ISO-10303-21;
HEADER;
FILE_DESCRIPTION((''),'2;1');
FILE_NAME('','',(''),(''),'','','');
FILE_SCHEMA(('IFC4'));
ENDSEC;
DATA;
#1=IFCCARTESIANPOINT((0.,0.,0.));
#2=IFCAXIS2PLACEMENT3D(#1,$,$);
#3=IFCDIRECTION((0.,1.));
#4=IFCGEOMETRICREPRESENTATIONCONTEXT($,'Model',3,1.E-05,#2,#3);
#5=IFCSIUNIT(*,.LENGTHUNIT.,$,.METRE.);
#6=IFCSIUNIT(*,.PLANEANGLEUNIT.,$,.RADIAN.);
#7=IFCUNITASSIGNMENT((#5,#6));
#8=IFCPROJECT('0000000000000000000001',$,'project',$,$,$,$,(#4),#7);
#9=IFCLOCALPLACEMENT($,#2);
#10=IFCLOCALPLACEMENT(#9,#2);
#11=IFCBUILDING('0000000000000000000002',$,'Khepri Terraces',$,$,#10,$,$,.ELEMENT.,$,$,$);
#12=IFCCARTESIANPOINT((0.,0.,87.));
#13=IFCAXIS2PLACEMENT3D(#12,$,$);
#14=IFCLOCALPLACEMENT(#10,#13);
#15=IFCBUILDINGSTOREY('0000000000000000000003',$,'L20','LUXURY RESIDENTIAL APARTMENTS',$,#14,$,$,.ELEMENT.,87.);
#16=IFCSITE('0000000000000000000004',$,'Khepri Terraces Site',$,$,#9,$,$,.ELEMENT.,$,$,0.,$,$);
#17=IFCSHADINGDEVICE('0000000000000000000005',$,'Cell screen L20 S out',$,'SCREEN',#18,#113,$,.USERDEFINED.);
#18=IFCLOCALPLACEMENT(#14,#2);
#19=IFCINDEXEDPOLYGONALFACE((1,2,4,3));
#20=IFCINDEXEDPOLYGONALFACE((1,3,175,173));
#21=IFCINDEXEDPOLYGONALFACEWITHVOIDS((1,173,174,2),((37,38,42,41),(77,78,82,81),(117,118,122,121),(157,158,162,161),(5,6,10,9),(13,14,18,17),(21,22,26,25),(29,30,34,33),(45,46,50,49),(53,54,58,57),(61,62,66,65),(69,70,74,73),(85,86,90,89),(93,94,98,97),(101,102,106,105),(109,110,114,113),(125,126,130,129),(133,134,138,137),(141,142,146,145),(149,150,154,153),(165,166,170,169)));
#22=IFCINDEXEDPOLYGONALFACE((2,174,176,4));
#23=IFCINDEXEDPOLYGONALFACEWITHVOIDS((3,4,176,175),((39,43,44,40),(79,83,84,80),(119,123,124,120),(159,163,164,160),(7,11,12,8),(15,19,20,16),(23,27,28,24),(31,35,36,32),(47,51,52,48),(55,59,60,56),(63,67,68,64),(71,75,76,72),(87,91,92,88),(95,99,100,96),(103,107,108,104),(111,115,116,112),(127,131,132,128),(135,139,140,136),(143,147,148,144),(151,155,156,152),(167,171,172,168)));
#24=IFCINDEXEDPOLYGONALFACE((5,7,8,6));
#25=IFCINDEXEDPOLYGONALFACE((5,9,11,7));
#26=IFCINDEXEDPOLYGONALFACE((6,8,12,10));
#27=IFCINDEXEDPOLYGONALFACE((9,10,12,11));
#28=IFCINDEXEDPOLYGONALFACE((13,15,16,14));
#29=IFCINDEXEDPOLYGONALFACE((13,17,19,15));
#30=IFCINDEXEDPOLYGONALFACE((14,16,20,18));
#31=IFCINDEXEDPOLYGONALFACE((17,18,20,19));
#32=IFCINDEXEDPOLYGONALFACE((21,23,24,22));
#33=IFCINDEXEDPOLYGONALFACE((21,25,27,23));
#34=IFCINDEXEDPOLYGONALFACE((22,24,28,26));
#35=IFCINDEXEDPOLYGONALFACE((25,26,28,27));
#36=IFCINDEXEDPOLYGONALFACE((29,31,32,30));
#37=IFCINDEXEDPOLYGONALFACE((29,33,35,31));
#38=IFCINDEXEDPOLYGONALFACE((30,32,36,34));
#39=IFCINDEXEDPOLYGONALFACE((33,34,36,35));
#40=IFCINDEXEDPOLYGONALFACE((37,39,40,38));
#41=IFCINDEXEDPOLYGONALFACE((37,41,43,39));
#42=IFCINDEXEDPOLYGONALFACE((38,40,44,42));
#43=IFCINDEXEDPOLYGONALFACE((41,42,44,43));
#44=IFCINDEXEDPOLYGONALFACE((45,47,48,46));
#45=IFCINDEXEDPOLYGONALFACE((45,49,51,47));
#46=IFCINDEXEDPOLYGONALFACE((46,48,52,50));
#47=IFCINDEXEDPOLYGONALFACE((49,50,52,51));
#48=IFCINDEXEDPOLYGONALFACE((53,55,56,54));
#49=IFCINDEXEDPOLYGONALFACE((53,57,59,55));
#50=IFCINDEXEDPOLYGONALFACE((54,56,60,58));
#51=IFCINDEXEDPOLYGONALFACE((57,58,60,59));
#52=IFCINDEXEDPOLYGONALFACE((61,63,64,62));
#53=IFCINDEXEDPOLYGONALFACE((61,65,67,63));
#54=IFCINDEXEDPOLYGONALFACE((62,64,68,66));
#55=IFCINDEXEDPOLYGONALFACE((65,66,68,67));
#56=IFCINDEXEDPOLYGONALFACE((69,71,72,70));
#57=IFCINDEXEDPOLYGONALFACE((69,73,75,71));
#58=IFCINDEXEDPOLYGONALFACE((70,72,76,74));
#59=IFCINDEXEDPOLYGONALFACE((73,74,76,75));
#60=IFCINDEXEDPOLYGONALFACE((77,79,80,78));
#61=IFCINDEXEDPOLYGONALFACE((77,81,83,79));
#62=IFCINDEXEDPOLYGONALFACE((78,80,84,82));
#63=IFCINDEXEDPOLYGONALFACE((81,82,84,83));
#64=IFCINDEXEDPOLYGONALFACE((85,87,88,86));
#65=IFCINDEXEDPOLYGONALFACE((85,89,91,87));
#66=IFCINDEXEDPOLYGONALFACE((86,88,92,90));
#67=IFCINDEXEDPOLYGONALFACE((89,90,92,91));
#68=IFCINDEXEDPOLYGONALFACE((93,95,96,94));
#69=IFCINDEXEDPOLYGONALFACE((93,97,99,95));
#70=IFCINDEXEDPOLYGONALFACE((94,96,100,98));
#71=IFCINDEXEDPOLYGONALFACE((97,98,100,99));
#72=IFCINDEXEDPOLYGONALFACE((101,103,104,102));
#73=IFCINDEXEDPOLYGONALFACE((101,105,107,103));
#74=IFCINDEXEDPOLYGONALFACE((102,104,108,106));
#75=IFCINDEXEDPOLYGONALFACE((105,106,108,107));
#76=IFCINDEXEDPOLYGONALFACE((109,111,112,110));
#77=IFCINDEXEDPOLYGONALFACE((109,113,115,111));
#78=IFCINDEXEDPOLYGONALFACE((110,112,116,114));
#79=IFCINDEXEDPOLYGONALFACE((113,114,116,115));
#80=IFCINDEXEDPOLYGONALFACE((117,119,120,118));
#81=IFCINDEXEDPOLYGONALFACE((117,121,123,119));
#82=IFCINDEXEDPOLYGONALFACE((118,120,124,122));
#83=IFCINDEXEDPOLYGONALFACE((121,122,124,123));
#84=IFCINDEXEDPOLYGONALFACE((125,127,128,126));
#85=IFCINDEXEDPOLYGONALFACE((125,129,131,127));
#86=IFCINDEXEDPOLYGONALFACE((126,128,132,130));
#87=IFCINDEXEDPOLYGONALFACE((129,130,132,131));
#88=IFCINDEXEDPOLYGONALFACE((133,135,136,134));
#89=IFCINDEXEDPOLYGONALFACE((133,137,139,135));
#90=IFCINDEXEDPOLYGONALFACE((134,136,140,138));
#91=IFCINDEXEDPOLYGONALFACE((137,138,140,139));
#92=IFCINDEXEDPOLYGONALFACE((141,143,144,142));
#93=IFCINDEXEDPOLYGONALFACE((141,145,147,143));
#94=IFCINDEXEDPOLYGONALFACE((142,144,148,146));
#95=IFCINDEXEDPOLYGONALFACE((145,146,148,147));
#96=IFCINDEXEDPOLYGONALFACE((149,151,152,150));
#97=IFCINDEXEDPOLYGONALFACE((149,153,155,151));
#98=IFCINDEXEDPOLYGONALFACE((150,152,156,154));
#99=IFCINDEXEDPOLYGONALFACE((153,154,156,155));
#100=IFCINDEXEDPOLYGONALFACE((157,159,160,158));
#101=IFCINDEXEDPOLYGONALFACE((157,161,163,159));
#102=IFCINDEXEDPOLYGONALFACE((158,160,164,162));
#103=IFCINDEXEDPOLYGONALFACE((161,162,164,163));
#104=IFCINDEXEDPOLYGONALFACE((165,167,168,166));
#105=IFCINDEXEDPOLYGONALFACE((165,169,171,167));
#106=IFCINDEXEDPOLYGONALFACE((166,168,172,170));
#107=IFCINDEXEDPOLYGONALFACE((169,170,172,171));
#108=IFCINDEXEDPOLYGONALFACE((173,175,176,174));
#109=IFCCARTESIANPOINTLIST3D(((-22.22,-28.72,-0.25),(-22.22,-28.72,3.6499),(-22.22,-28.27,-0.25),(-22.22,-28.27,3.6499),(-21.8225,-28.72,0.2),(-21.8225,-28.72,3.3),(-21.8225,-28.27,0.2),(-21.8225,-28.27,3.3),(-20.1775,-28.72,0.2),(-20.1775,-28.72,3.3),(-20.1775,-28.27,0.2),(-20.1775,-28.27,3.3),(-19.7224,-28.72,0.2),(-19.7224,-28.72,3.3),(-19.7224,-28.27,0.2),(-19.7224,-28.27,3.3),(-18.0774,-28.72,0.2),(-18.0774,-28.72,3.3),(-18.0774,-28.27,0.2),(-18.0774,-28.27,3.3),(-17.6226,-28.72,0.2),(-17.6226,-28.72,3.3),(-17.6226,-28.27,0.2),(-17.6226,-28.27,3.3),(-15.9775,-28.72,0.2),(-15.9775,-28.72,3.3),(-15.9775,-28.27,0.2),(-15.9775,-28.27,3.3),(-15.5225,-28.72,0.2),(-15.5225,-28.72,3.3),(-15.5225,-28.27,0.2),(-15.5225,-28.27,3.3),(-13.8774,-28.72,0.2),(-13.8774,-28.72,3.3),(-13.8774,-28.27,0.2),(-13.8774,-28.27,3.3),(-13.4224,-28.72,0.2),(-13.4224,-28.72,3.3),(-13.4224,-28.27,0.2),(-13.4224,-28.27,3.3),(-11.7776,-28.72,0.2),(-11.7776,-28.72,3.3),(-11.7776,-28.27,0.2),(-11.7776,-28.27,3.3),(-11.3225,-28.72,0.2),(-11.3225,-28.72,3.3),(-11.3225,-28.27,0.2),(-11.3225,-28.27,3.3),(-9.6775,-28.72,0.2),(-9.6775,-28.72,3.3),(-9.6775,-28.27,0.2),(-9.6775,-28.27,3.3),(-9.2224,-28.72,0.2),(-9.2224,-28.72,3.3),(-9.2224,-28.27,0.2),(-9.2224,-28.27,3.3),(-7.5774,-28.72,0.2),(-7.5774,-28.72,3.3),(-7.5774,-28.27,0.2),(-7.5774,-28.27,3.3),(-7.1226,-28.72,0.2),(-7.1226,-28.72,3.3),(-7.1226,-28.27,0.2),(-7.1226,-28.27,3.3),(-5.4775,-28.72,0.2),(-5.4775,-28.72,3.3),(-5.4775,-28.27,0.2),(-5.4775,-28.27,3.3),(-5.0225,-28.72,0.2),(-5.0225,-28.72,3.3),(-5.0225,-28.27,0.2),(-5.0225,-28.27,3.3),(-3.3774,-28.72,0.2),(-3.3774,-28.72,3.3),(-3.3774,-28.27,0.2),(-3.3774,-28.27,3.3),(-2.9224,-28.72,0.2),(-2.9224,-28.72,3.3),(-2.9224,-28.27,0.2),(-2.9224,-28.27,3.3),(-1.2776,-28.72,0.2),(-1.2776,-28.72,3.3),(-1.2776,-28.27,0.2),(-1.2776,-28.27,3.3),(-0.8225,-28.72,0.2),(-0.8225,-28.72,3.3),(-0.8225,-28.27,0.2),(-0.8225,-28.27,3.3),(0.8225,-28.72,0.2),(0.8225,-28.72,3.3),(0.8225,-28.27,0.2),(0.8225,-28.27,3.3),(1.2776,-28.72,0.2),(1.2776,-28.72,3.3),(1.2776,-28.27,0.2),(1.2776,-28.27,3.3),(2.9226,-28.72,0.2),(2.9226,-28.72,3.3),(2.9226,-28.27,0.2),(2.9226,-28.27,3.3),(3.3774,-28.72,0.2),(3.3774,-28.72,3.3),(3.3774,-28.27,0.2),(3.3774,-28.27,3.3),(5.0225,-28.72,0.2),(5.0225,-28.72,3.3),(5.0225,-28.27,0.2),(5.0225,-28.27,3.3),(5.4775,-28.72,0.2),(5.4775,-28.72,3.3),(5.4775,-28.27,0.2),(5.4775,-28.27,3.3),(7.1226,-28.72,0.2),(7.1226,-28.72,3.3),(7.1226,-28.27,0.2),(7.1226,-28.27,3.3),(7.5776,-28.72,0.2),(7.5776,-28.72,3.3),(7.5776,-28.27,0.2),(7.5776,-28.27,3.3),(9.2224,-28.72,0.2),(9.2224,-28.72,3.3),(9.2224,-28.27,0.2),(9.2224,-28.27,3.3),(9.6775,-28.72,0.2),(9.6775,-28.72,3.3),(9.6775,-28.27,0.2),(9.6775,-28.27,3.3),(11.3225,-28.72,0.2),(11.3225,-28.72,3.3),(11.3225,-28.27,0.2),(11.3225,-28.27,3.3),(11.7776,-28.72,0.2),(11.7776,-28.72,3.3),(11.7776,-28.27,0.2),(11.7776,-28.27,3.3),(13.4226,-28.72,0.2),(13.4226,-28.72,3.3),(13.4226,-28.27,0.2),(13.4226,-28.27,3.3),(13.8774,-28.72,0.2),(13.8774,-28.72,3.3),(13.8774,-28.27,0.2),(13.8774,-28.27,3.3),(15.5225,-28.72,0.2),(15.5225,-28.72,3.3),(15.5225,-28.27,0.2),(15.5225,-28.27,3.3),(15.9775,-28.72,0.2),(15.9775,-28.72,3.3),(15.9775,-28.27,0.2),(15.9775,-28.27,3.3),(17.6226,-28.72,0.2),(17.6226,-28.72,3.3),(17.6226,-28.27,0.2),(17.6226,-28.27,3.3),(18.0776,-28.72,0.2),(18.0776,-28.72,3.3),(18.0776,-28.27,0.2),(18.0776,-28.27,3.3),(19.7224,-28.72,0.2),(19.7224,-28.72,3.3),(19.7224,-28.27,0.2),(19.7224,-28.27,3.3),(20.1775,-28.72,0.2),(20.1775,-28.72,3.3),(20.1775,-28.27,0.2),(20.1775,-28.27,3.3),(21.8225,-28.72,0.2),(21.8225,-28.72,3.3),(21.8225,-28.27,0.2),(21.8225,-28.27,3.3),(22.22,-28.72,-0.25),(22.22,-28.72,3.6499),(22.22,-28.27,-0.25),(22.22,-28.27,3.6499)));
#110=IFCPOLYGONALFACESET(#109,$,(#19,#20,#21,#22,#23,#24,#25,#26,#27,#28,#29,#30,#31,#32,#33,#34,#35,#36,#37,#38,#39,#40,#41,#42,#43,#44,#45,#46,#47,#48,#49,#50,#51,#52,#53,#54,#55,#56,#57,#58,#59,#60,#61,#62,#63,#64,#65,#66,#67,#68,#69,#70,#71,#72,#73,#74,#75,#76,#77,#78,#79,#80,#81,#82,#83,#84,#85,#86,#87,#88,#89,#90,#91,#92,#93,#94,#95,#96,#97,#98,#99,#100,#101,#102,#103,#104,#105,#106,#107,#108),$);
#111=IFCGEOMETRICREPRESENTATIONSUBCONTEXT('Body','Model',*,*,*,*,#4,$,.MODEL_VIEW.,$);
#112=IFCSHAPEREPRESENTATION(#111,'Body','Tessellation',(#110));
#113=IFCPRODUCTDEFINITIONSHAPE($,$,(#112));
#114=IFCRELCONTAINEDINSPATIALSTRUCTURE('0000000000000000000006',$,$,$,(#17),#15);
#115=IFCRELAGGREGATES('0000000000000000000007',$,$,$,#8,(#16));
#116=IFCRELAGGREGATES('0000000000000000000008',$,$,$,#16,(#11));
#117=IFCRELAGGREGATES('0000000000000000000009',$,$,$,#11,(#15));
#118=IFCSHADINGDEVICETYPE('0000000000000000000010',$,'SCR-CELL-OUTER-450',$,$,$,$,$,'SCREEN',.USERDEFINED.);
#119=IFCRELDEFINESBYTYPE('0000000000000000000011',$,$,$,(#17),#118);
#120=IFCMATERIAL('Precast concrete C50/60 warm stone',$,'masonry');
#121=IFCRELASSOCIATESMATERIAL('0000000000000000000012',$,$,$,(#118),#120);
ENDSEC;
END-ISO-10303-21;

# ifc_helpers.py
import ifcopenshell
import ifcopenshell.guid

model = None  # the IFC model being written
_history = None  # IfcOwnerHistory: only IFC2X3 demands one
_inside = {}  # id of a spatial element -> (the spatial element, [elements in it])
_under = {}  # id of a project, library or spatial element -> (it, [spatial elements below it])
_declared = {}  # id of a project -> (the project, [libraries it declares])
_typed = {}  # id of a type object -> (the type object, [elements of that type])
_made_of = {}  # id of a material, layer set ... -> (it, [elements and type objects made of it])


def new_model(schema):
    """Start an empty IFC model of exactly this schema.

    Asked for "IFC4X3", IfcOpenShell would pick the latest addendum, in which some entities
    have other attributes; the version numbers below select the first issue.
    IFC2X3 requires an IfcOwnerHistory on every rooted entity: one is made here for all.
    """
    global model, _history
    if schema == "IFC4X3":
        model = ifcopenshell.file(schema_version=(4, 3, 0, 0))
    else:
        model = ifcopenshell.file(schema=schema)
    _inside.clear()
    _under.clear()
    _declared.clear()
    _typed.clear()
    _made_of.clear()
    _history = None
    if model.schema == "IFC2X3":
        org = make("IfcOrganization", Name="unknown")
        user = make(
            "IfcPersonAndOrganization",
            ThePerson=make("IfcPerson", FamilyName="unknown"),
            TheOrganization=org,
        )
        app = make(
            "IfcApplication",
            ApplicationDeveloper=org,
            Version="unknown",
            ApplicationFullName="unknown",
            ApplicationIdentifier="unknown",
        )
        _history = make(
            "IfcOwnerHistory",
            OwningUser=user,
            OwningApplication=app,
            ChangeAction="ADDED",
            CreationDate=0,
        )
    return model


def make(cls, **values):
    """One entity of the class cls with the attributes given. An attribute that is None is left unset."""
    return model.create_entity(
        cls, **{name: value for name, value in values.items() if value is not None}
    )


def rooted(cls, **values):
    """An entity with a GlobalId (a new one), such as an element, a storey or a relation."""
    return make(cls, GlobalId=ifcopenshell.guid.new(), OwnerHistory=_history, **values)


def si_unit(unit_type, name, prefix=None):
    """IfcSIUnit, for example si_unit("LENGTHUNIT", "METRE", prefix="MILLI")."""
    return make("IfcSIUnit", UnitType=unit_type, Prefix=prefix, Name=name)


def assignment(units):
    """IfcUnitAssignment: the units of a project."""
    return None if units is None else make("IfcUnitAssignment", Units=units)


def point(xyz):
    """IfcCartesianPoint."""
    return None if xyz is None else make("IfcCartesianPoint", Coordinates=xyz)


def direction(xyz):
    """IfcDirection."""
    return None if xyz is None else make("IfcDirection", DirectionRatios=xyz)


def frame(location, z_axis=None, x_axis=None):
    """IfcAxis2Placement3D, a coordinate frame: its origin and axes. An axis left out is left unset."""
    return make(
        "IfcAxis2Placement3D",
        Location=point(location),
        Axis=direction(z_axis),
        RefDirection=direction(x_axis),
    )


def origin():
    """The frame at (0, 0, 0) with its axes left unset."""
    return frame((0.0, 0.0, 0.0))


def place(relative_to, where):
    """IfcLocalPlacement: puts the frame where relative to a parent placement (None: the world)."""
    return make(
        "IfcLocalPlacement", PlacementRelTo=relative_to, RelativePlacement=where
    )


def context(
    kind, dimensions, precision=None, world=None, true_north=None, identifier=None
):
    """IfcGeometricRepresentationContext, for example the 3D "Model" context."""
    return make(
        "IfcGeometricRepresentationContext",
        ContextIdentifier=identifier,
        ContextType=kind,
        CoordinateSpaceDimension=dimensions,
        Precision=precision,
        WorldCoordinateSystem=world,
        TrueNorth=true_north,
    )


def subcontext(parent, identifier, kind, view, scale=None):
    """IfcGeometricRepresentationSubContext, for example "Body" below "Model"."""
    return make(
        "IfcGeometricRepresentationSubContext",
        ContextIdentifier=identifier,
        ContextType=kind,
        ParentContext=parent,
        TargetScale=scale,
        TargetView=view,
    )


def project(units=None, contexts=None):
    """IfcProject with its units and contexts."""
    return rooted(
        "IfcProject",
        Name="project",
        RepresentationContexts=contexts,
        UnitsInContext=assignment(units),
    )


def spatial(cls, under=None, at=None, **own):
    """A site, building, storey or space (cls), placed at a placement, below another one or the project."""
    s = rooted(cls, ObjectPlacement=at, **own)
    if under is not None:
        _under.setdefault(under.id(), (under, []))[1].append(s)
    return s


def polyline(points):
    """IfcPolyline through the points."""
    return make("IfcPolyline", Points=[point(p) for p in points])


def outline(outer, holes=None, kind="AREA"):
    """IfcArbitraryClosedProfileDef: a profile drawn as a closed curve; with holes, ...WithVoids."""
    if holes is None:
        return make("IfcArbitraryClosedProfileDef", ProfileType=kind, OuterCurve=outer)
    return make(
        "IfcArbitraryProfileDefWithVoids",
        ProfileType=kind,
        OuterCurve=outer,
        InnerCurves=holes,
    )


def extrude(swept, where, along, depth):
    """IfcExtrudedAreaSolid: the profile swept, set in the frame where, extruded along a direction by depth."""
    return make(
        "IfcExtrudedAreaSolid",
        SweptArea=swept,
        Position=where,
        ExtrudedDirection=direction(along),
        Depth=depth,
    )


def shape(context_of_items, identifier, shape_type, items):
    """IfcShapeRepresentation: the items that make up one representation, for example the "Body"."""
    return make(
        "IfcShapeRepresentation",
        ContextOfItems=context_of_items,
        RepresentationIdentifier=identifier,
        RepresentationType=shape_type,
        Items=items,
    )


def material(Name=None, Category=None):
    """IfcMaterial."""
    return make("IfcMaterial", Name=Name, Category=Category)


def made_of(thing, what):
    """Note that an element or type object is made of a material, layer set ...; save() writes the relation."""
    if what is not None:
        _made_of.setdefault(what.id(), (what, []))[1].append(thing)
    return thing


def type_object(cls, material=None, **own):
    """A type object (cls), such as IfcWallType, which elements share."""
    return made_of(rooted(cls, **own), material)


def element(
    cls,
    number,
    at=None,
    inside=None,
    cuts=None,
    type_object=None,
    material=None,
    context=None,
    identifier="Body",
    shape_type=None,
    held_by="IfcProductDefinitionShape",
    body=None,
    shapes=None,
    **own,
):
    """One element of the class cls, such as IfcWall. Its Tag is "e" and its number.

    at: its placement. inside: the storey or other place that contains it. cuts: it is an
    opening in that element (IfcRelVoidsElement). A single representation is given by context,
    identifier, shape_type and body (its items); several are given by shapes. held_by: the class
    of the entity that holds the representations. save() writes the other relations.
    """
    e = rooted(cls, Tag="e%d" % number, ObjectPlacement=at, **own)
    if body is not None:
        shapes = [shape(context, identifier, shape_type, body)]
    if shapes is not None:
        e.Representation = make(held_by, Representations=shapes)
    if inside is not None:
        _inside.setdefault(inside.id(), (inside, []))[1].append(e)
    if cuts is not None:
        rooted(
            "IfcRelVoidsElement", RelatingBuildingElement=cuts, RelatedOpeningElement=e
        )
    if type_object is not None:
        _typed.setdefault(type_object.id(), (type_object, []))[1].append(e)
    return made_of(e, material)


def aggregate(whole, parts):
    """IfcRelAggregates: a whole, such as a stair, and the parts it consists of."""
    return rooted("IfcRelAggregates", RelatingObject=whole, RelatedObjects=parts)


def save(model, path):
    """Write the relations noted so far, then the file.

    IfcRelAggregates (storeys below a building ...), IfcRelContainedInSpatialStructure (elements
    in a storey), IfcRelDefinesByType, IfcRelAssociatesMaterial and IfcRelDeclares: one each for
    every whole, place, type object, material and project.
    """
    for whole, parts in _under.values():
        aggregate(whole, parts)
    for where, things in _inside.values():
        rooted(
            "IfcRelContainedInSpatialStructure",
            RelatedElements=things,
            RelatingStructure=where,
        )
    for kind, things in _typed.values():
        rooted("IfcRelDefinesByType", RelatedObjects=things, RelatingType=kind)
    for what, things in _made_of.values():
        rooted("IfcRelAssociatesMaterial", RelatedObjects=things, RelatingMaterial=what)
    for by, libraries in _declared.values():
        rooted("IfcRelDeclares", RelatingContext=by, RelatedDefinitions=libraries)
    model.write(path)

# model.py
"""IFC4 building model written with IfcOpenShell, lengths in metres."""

from ifc_helpers import new_model, si_unit, direction, frame, origin, place, context, subcontext, project, spatial, polyline, outline, extrude, material, type_object, element, save


model = new_model("IFC4")

# Units and contexts
model_context = context("Model", 3, precision=1e-05, world=origin(), true_north=direction((0.0, 1.0)))
body_context = subcontext(model_context, "Body", "Model", "MODEL_VIEW")
ifc_project = project(units=[si_unit("LENGTHUNIT", "METRE"), si_unit("PLANEANGLEUNIT", "RADIAN")], contexts=[model_context])

# Site, building, storey
site_placement = place(None, origin())
site = spatial("IfcSite", under=ifc_project, at=site_placement, Name="Khepri Terraces Site", CompositionType="ELEMENT", RefElevation=0.0)
building_placement = place(site_placement, origin())
building = spatial("IfcBuilding", under=site, at=building_placement, Name="Khepri Terraces", CompositionType="ELEMENT")
storey_placement = place(building_placement, frame((0.0, 0.0, 87.0)))
storey = spatial("IfcBuildingStorey", under=building, at=storey_placement, Name="L20", Description="LUXURY RESIDENTIAL APARTMENTS", CompositionType="ELEMENT", Elevation=87.0)

# Shared definitions
ifc_material_1 = material(Name="Precast concrete C50/60 warm stone", Category="masonry")

# Shading device
shading_device_type_1 = type_object("IfcShadingDeviceType", Name="SCR-CELL-OUTER-450", ElementType="SCREEN", PredefinedType="USERDEFINED", material=ifc_material_1)
shading_device_1_placement = place(storey_placement, frame((-22.22, -28.27, -0.25), z_axis=(0.0, -1.0, 0.0), x_axis=(1.0, 0.0, 0.0)))
element("IfcShadingDevice", 1, at=shading_device_1_placement, inside=storey, type_object=shading_device_type_1, Name="Cell screen L20 S out", ObjectType="SCREEN", PredefinedType="USERDEFINED", context=body_context, shape_type="SweptSolid", body=[
    extrude(outline(polyline([(0.0, 0.0), (44.4399, 0.0), (44.4399, 3.8999), (0.0, 3.8999), (0.0, 0.0)]), holes=[polyline([(0.3975, 0.45), (2.0425, 0.45), (2.0425, 3.55), (0.3975, 3.55), (0.3975, 0.45)]), polyline([(2.4976, 0.45), (4.1426, 0.45), (4.1426, 3.55), (2.4976, 3.55), (2.4976, 0.45)]), polyline([(4.5974, 0.45), (6.2424, 0.45), (6.2424, 3.55), (4.5974, 3.55), (4.5974, 0.45)]), polyline([(6.6975, 0.45), (8.3425, 0.45), (8.3425, 3.55), (6.6975, 3.55), (6.6975, 0.45)]), polyline([(8.7976, 0.45), (10.4424, 0.45), (10.4424, 3.55), (8.7976, 3.55), (8.7976, 0.45)]), polyline([(10.8975, 0.45), (12.5425, 0.45), (12.5425, 3.55), (10.8975, 3.55), (10.8975, 0.45)]), polyline([(12.9976, 0.45), (14.6426, 0.45), (14.6426, 3.55), (12.9976, 3.55), (12.9976, 0.45)]), polyline([(15.0974, 0.45), (16.7424, 0.45), (16.7424, 3.55), (15.0974, 3.55), (15.0974, 0.45)]), polyline([(17.1975, 0.45), (18.8425, 0.45), (18.8425, 3.55), (17.1975, 3.55), (17.1975, 0.45)]), polyline([(19.2976, 0.45), (20.9424, 0.45), (20.9424, 3.55), (19.2976, 3.55), (19.2976, 0.45)]), polyline([(21.3975, 0.45), (23.0425, 0.45), (23.0425, 3.55), (21.3975, 3.55), (21.3975, 0.45)]), polyline([(23.4976, 0.45), (25.1426, 0.45), (25.1426, 3.55), (23.4976, 3.55), (23.4976, 0.45)]), polyline([(25.5974, 0.45), (27.2424, 0.45), (27.2424, 3.55), (25.5974, 3.55), (25.5974, 0.45)]), polyline([(27.6975, 0.45), (29.3425, 0.45), (29.3425, 3.55), (27.6975, 3.55), (27.6975, 0.45)]), polyline([(29.7976, 0.45), (31.4424, 0.45), (31.4424, 3.55), (29.7976, 3.55), (29.7976, 0.45)]), polyline([(31.8975, 0.45), (33.5425, 0.45), (33.5425, 3.55), (31.8975, 3.55), (31.8975, 0.45)]), polyline([(33.9976, 0.45), (35.6426, 0.45), (35.6426, 3.55), (33.9976, 3.55), (33.9976, 0.45)]), polyline([(36.0974, 0.45), (37.7424, 0.45), (37.7424, 3.55), (36.0974, 3.55), (36.0974, 0.45)]), polyline([(38.1975, 0.45), (39.8425, 0.45), (39.8425, 3.55), (38.1975, 3.55), (38.1975, 0.45)]), polyline([(40.2976, 0.45), (41.9424, 0.45), (41.9424, 3.55), (40.2976, 3.55), (40.2976, 0.45)]), polyline([(42.3975, 0.45), (44.0425, 0.45), (44.0425, 3.55), (42.3975, 3.55), (42.3975, 0.45)])]), origin(), (0.0, 0.0, 1.0), 0.45),
])

save(model, "model.ifc")
